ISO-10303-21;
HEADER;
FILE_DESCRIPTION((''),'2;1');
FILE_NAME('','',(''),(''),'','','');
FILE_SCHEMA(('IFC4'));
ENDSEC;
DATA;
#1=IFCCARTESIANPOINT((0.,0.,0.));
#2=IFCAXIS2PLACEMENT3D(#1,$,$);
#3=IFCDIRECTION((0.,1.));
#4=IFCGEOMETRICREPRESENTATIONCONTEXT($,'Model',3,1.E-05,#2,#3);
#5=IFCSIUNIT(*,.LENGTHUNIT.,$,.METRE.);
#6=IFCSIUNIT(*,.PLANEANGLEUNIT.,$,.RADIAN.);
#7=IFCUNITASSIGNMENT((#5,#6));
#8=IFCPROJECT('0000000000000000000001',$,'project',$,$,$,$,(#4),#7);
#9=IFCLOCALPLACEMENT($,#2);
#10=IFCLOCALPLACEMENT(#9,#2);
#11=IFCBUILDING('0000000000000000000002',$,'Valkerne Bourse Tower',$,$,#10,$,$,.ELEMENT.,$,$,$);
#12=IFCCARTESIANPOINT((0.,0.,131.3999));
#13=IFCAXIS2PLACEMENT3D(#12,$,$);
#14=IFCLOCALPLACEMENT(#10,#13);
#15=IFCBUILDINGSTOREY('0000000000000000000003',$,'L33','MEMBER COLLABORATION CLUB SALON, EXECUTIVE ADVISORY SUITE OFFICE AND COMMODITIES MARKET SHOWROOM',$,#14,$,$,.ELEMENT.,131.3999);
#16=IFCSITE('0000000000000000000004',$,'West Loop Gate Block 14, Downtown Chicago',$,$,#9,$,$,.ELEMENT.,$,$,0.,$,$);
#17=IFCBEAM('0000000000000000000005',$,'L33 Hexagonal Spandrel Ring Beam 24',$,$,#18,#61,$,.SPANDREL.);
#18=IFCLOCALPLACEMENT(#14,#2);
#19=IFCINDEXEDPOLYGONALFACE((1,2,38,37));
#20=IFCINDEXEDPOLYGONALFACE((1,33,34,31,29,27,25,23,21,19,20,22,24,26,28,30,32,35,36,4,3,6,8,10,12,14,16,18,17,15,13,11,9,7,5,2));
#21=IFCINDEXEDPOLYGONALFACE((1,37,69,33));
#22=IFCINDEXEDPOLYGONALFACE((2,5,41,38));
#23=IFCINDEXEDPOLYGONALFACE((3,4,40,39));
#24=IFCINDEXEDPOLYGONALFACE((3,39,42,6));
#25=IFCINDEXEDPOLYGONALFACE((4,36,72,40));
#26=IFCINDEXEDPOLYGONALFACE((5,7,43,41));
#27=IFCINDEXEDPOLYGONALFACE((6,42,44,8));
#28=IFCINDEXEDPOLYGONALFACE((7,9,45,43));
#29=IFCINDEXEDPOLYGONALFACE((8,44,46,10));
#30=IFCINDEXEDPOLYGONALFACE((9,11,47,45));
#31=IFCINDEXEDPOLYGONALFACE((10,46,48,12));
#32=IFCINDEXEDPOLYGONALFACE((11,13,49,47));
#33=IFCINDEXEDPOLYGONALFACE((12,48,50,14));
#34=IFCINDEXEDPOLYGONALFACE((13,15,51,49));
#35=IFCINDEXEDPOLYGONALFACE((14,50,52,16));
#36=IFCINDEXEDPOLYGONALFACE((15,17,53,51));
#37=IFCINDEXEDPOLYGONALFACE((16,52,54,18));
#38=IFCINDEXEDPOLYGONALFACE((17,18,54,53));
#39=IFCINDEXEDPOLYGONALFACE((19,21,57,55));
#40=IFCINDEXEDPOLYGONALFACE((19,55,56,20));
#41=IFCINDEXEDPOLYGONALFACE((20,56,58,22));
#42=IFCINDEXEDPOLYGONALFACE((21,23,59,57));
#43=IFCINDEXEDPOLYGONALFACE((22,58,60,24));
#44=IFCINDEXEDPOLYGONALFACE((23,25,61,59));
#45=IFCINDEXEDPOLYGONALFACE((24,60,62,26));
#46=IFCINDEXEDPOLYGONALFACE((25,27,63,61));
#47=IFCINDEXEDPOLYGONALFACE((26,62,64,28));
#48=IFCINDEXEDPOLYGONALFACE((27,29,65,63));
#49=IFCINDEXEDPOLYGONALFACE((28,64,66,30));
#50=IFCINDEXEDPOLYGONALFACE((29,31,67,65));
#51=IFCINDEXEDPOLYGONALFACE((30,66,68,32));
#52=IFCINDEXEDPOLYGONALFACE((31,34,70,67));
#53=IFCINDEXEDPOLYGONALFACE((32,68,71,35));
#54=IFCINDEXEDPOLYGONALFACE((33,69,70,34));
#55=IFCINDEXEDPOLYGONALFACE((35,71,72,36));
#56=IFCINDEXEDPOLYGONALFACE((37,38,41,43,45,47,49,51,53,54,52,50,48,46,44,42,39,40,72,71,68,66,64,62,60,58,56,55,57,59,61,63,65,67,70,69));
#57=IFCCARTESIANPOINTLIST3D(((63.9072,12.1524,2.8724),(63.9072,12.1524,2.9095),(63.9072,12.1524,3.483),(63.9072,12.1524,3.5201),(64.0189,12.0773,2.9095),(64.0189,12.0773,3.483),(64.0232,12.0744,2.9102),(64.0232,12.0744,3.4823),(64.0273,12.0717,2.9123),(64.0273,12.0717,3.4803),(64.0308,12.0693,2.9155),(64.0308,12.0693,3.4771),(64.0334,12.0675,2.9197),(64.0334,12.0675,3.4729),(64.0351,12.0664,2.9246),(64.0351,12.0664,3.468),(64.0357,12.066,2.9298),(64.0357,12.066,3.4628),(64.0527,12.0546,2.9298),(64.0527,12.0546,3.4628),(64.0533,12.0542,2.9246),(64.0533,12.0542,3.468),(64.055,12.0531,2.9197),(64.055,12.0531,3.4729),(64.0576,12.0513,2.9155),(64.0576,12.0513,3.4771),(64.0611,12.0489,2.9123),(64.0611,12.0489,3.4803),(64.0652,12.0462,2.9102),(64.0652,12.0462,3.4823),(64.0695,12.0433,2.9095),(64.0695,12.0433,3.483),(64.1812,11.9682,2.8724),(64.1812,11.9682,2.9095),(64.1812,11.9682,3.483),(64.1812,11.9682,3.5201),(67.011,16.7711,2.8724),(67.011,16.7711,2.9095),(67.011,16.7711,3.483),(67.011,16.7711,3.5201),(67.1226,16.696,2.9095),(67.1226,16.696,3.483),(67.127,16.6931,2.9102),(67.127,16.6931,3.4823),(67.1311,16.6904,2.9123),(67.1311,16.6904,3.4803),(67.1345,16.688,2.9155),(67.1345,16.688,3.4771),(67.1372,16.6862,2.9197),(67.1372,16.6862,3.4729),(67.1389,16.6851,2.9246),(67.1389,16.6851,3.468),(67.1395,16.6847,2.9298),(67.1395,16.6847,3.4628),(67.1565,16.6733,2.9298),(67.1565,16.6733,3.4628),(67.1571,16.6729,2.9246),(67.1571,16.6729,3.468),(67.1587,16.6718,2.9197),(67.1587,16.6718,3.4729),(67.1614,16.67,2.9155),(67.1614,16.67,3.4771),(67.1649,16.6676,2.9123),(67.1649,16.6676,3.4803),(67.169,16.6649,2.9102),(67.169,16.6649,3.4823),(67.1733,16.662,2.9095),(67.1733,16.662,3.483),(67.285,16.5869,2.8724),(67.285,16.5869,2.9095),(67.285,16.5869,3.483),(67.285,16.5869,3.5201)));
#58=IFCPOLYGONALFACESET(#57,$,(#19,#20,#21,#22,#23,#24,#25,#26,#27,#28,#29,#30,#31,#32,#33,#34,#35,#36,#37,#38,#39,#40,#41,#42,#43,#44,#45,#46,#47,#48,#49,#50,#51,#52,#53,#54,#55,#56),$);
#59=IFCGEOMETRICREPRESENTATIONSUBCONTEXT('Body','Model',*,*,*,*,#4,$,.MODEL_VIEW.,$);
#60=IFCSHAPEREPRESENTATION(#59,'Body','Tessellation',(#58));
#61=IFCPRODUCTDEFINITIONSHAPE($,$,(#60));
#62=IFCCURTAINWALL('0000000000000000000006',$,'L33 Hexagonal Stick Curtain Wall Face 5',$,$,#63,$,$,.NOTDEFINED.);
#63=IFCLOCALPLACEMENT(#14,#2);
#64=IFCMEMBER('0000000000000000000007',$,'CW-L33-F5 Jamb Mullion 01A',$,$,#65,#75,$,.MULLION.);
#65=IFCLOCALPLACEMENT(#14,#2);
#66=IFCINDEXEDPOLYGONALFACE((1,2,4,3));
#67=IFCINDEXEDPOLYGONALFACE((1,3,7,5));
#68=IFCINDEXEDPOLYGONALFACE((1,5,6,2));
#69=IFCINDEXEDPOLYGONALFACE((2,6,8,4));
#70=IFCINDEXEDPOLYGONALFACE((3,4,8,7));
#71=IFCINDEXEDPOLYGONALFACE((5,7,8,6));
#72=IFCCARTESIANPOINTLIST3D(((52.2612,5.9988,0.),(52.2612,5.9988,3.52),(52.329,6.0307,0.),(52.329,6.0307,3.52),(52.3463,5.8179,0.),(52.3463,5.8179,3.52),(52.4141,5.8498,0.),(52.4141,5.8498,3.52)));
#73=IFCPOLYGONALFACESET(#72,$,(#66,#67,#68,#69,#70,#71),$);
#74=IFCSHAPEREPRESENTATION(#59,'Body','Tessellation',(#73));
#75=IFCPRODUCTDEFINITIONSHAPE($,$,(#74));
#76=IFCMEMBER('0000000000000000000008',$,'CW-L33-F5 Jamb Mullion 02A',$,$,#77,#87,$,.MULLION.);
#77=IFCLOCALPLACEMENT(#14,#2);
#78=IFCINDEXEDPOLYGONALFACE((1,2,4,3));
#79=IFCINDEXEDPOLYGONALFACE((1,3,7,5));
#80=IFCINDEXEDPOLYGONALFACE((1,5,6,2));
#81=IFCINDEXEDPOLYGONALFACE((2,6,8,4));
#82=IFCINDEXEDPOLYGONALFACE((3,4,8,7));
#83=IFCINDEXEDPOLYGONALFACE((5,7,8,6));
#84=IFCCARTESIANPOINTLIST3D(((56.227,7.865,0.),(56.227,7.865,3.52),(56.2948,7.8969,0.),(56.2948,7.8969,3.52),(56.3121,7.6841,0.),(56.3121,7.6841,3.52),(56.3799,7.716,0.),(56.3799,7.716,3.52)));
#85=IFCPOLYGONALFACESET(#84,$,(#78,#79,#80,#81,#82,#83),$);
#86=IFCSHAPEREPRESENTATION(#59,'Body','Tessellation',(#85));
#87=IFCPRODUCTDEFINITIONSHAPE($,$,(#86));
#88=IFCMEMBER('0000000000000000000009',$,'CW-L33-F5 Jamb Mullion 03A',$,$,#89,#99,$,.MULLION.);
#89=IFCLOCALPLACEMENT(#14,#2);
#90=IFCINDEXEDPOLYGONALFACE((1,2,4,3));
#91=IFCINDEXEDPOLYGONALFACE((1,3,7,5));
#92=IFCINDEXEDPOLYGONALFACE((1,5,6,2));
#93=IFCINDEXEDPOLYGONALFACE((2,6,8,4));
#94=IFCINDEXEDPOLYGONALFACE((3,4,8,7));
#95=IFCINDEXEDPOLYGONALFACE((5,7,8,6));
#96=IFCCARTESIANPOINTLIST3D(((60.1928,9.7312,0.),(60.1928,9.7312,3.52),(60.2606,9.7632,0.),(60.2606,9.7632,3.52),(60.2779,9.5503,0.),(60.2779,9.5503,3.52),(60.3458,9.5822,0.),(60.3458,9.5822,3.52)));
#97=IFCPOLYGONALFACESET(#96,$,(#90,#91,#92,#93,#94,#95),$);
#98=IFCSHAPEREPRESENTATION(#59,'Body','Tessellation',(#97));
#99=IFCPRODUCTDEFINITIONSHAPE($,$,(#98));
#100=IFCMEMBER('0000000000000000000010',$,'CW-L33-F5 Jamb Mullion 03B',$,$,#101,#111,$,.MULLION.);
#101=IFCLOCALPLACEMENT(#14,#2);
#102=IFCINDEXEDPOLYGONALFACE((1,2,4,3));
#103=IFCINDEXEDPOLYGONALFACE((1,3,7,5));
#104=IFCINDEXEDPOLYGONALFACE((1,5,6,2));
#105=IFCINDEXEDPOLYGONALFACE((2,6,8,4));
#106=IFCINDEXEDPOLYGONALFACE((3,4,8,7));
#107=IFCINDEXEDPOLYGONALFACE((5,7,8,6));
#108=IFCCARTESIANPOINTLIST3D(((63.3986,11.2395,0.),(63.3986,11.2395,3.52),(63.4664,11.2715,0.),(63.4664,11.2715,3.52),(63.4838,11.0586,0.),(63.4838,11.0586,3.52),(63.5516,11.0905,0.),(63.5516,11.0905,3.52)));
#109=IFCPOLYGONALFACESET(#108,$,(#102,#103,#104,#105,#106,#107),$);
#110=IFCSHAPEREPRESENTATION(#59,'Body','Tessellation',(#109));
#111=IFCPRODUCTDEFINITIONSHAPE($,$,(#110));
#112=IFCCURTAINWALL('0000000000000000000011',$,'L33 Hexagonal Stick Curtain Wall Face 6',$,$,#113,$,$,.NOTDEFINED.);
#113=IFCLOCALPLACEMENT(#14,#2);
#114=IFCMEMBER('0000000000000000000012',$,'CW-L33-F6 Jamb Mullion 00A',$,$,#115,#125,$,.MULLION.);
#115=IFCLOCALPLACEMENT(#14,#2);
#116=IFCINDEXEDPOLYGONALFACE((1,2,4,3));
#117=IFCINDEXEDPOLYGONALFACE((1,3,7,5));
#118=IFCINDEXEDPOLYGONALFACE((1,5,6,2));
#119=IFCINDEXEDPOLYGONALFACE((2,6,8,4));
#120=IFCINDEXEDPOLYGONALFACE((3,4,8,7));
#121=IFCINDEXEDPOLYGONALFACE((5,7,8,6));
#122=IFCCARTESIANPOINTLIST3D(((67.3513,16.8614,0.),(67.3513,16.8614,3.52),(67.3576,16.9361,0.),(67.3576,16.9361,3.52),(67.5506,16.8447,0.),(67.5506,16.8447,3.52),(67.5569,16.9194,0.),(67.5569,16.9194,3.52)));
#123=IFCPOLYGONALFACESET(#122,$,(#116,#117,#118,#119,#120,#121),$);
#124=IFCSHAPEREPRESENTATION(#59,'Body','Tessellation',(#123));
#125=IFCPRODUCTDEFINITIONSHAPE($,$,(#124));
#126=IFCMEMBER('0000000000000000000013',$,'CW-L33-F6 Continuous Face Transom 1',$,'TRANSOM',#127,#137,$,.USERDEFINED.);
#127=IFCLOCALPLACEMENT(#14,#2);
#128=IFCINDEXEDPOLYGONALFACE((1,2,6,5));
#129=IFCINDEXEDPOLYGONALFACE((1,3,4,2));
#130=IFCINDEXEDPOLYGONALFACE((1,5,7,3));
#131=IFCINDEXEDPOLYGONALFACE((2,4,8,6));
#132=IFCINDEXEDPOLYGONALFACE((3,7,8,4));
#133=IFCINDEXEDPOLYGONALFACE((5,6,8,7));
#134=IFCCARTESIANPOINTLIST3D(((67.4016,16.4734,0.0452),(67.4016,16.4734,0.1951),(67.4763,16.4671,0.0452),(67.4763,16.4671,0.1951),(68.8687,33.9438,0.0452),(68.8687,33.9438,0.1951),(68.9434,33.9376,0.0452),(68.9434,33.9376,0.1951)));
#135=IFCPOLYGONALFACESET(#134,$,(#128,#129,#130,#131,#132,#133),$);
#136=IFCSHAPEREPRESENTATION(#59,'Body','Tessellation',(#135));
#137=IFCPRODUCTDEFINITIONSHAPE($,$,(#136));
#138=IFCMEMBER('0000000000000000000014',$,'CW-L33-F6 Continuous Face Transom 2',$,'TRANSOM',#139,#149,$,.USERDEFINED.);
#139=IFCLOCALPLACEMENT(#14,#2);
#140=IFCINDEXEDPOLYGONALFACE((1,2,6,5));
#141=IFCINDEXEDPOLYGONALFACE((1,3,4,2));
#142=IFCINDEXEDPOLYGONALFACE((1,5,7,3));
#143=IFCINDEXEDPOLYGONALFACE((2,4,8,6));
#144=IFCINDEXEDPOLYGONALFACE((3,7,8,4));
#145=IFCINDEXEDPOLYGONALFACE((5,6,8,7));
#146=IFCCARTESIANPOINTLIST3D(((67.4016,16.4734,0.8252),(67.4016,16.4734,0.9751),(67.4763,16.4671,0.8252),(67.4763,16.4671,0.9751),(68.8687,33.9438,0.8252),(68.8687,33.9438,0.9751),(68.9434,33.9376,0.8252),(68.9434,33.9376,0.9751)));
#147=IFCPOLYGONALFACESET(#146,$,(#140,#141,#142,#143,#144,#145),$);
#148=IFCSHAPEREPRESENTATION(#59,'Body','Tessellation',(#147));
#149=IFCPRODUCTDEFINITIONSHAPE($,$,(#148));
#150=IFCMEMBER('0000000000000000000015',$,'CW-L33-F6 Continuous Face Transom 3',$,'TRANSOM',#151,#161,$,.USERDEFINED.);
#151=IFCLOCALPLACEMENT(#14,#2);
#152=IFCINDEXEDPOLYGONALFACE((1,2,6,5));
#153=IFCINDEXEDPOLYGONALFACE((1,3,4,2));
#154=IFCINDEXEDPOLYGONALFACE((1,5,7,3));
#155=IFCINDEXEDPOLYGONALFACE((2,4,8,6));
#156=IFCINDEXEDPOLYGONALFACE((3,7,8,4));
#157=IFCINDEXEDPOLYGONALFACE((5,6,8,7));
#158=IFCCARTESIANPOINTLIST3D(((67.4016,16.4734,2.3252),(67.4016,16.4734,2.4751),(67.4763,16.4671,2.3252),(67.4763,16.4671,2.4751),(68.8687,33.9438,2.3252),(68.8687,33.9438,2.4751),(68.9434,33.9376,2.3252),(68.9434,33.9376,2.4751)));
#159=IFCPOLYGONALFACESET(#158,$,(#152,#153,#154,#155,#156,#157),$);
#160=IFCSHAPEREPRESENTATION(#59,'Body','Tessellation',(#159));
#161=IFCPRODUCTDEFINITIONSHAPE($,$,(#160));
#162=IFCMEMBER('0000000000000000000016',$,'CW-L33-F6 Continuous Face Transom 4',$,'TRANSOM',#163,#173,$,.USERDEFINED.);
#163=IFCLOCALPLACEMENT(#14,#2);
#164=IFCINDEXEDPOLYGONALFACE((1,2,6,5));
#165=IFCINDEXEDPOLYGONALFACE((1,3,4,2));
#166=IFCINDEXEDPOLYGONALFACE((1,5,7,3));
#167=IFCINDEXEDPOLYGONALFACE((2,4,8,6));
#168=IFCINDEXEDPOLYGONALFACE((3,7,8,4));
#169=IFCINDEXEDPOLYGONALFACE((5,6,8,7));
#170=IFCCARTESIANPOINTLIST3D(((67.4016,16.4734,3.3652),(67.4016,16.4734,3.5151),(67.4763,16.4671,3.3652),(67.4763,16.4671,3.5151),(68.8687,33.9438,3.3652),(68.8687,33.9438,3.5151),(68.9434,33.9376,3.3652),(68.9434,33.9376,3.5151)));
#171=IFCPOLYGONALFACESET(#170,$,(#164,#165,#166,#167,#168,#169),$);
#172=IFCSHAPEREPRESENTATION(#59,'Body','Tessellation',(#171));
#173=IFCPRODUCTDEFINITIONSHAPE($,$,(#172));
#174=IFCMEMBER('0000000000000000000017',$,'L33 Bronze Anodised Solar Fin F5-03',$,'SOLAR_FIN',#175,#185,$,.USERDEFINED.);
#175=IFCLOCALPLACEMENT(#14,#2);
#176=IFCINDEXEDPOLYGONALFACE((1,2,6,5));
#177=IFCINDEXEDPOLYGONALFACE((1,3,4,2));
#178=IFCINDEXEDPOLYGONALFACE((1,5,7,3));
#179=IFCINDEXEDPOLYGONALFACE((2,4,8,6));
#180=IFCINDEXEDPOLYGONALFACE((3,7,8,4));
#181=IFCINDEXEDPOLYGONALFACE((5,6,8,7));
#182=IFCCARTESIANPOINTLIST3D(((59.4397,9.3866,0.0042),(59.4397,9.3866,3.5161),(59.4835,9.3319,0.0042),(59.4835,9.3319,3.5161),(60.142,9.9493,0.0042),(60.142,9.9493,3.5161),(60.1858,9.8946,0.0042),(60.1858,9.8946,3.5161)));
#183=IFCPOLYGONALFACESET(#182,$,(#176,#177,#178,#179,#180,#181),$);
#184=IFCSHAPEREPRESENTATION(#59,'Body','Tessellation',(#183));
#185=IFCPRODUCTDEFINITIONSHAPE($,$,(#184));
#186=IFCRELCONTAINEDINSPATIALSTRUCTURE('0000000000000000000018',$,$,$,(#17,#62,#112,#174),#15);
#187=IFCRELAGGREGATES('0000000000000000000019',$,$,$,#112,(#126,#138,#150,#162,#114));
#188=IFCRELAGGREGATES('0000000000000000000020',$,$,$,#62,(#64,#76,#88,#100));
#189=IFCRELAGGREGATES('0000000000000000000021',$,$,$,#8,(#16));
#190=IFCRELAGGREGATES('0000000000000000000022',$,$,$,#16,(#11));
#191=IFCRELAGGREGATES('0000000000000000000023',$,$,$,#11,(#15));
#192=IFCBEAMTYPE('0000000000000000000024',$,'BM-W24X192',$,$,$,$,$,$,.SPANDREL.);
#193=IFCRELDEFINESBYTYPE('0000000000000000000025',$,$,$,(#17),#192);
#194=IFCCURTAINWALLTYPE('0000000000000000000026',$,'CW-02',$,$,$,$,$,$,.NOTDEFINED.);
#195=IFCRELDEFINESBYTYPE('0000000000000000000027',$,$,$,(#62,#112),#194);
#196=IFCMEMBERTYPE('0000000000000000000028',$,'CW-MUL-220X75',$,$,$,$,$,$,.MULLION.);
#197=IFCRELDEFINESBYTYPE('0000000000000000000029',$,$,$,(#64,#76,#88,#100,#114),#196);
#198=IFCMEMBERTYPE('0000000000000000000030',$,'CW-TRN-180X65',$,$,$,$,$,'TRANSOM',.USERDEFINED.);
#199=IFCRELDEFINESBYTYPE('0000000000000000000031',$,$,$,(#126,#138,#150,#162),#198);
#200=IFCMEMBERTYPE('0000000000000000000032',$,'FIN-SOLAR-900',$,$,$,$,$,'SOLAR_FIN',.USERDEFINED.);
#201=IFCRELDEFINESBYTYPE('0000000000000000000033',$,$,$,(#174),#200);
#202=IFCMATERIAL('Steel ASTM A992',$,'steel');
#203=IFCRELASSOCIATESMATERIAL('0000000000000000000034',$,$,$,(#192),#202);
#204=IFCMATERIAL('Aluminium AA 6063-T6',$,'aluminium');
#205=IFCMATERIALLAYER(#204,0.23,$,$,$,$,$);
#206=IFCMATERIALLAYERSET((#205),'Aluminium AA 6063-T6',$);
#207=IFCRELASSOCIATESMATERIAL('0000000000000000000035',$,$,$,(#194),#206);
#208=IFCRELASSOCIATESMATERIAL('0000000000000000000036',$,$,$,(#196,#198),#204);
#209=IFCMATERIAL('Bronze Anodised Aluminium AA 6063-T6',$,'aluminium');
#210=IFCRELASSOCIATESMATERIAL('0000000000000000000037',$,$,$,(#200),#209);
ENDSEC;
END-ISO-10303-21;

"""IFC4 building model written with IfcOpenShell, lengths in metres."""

from ifc_helpers import new_model, si_unit, direction, frame, origin, origin_2d, place, context, subcontext, project, spatial, rectangle, i_section, extrude, material, layer, layer_set, material_profile, profile_set, type_object, element, aggregate, save


model = new_model("IFC4")

# Units and contexts
model_context = context("Model", 3, precision=1e-05, world=origin(), true_north=direction((0.0, 1.0)))
body_context = subcontext(model_context, "Body", "Model", "MODEL_VIEW")
ifc_project = project(units=[si_unit("LENGTHUNIT", "METRE"), si_unit("PLANEANGLEUNIT", "RADIAN")], contexts=[model_context])

# Site, building, storey
site_placement = place(None, origin())
site = spatial("IfcSite", under=ifc_project, at=site_placement, Name="West Loop Gate Block 14, Downtown Chicago", CompositionType="ELEMENT", RefElevation=0.0)
building_placement = place(site_placement, origin())
building = spatial("IfcBuilding", under=site, at=building_placement, Name="Valkerne Bourse Tower", CompositionType="ELEMENT")
storey_placement = place(building_placement, frame((0.0, 0.0, 131.3999)))
storey = spatial("IfcBuildingStorey", under=building, at=storey_placement, Name="L33", Description="MEMBER COLLABORATION CLUB SALON, EXECUTIVE ADVISORY SUITE OFFICE AND COMMODITIES MARKET SHOWROOM", CompositionType="ELEMENT", Elevation=131.3999)

# Beam
ifc_material_1 = material(Name="Steel ASTM A992", Category="steel")
ifc_material_profile_1 = material_profile(ifc_material_1, i_section(OverallWidth=0.3301, OverallDepth=0.6477, WebThickness=0.0205, FlangeThickness=0.0371, FilletRadius=0.0203, at=origin_2d()), Name="W24X192")
ifc_profile_set_1 = profile_set([ifc_material_profile_1], Name="Steel ASTM A992")
beam_type = type_object("IfcBeamType", Name="BM-W24X192", PredefinedType="SPANDREL", material=ifc_profile_set_1)
beam_placement = place(storey_placement, frame((64.0442, 12.0603, 3.1963), z_axis=(0.557764, 0.829999, 0.0), x_axis=(-0.829999, 0.557764, 0.0)))
element("IfcBeam", 1, at=beam_placement, inside=storey, type_object=beam_type, Name="L33 Hexagonal Spandrel Ring Beam 24", PredefinedType="SPANDREL", context=body_context, shape_type="SweptSolid", body=[
    extrude(i_section(OverallWidth=0.3301, OverallDepth=0.6477, WebThickness=0.0205, FlangeThickness=0.0371, FilletRadius=0.0203, at=origin_2d()), origin(), (0.0, 0.0, 1.0), 5.5647),
])

# Curtain walls, members
ifc_material_2 = material(Name="Aluminium AA 6063-T6", Category="aluminium")
ifc_layer_1 = layer(ifc_material_2, 0.23)
ifc_layer_set_1 = layer_set([ifc_layer_1], Name="Aluminium AA 6063-T6")
curtain_wall_type = type_object("IfcCurtainWallType", Name="CW-02", PredefinedType="NOTDEFINED", material=ifc_layer_set_1)
curtain_wall_1_placement = place(storey_placement, origin())
curtain_wall_1 = element("IfcCurtainWall", 2, at=curtain_wall_1_placement, inside=storey, type_object=curtain_wall_type, Name="L33 Hexagonal Stick Curtain Wall Face 5", PredefinedType="NOTDEFINED")
ifc_material_profile_2 = material_profile(ifc_material_2, rectangle(XDim=0.075, YDim=0.2, at=origin_2d()), Name="CWM-75X200")
ifc_profile_set_2 = profile_set([ifc_material_profile_2], Name="Aluminium AA 6063-T6")
member_type_1 = type_object("IfcMemberType", Name="CW-MUL-220X75", PredefinedType="MULLION", material=ifc_profile_set_2)
member_1_placement = place(storey_placement, frame((52.3376, 5.9243, 0.0), z_axis=(0.0, 0.0, 1.0), x_axis=(0.904824, 0.425786, 0.0)))
member_1 = element("IfcMember", 3, at=member_1_placement, type_object=member_type_1, Name="CW-L33-F5 Jamb Mullion 01A", PredefinedType="MULLION", context=body_context, shape_type="SweptSolid", body=[
    extrude(rectangle(XDim=0.075, YDim=0.2, at=origin_2d()), origin(), (0.0, 0.0, 1.0), 3.52),
])
member_2_placement = place(storey_placement, frame((56.3035, 7.7905, 0.0), z_axis=(0.0, 0.0, 1.0), x_axis=(0.904828, 0.425777, 0.0)))
member_2 = element("IfcMember", 4, at=member_2_placement, type_object=member_type_1, Name="CW-L33-F5 Jamb Mullion 02A", PredefinedType="MULLION", context=body_context, shape_type="SweptSolid", body=[
    extrude(rectangle(XDim=0.075, YDim=0.2, at=origin_2d()), origin(), (0.0, 0.0, 1.0), 3.52),
])
member_3_placement = place(storey_placement, frame((60.2693, 9.6567, 0.0), z_axis=(0.0, 0.0, 1.0), x_axis=(0.904833, 0.425767, 0.0)))
member_3 = element("IfcMember", 5, at=member_3_placement, type_object=member_type_1, Name="CW-L33-F5 Jamb Mullion 03A", PredefinedType="MULLION", context=body_context, shape_type="SweptSolid", body=[
    extrude(rectangle(XDim=0.075, YDim=0.2, at=origin_2d()), origin(), (0.0, 0.0, 1.0), 3.52),
])
member_4_placement = place(storey_placement, frame((63.4751, 11.165, 0.0), z_axis=(0.0, 0.0, 1.0), x_axis=(0.904833, 0.425767, 0.0)))
member_4 = element("IfcMember", 6, at=member_4_placement, type_object=member_type_1, Name="CW-L33-F5 Jamb Mullion 03B", PredefinedType="MULLION", context=body_context, shape_type="SweptSolid", body=[
    extrude(rectangle(XDim=0.075, YDim=0.2, at=origin_2d()), origin(), (0.0, 0.0, 1.0), 3.52),
])
curtain_wall_2_placement = place(storey_placement, origin())
curtain_wall_2 = element("IfcCurtainWall", 7, at=curtain_wall_2_placement, inside=storey, type_object=curtain_wall_type, Name="L33 Hexagonal Stick Curtain Wall Face 6", PredefinedType="NOTDEFINED")
member_5_placement = place(storey_placement, frame((67.4541, 16.8904, 0.0), z_axis=(0.0, 0.0, 1.0), x_axis=(0.083687, 0.996492, 0.0)))
member_5 = element("IfcMember", 8, at=member_5_placement, type_object=member_type_1, Name="CW-L33-F6 Jamb Mullion 00A", PredefinedType="MULLION", context=body_context, shape_type="SweptSolid", body=[
    extrude(rectangle(XDim=0.075, YDim=0.2, at=origin_2d()), origin(), (0.0, 0.0, 1.0), 3.52),
])
ifc_material_profile_3 = material_profile(ifc_material_2, rectangle(XDim=0.075, YDim=0.1499, at=origin_2d()), Name="CWT-75X150")
ifc_profile_set_3 = profile_set([ifc_material_profile_3], Name="Aluminium AA 6063-T6")
member_type_2 = type_object("IfcMemberType", Name="CW-TRN-180X65", ElementType="TRANSOM", PredefinedType="USERDEFINED", material=ifc_profile_set_3)
member_6_placement = place(storey_placement, frame((67.439, 16.4702, 0.1201), z_axis=(0.083678, 0.996493, 0.0), x_axis=(-0.996493, 0.083678, 0.0)))
member_6 = element("IfcMember", 9, at=member_6_placement, type_object=member_type_2, Name="CW-L33-F6 Continuous Face Transom 1", ObjectType="TRANSOM", PredefinedType="USERDEFINED", context=body_context, shape_type="SweptSolid", body=[
    extrude(rectangle(XDim=0.075, YDim=0.1499, at=origin_2d()), origin(), (0.0, 0.0, 1.0), 17.532),
])
member_7_placement = place(storey_placement, frame((67.439, 16.4702, 0.9001), z_axis=(0.083678, 0.996493, 0.0), x_axis=(-0.996493, 0.083678, 0.0)))
member_7 = element("IfcMember", 10, at=member_7_placement, type_object=member_type_2, Name="CW-L33-F6 Continuous Face Transom 2", ObjectType="TRANSOM", PredefinedType="USERDEFINED", context=body_context, shape_type="SweptSolid", body=[
    extrude(rectangle(XDim=0.075, YDim=0.1499, at=origin_2d()), origin(), (0.0, 0.0, 1.0), 17.532),
])
member_8_placement = place(storey_placement, frame((67.439, 16.4702, 2.4001), z_axis=(0.083678, 0.996493, 0.0), x_axis=(-0.996493, 0.083678, 0.0)))
member_8 = element("IfcMember", 11, at=member_8_placement, type_object=member_type_2, Name="CW-L33-F6 Continuous Face Transom 3", ObjectType="TRANSOM", PredefinedType="USERDEFINED", context=body_context, shape_type="SweptSolid", body=[
    extrude(rectangle(XDim=0.075, YDim=0.1499, at=origin_2d()), origin(), (0.0, 0.0, 1.0), 17.532),
])
member_9_placement = place(storey_placement, frame((67.439, 16.4702, 3.4402), z_axis=(0.083678, 0.996493, 0.0), x_axis=(-0.996493, 0.083678, 0.0)))
member_9 = element("IfcMember", 12, at=member_9_placement, type_object=member_type_2, Name="CW-L33-F6 Continuous Face Transom 4", ObjectType="TRANSOM", PredefinedType="USERDEFINED", context=body_context, shape_type="SweptSolid", body=[
    extrude(rectangle(XDim=0.075, YDim=0.1499, at=origin_2d()), origin(), (0.0, 0.0, 1.0), 17.532),
])
aggregate(curtain_wall_2, [member_6, member_7, member_8, member_9, member_5])

# Member
ifc_material_3 = material(Name="Bronze Anodised Aluminium AA 6063-T6", Category="aluminium")
ifc_material_profile_4 = material_profile(ifc_material_3, rectangle(XDim=0.0701, YDim=0.8999, at=origin_2d()), Name="FIN-70X900")
ifc_profile_set_4 = profile_set([ifc_material_profile_4], Name="Bronze Anodised Aluminium AA 6063-T6")
member_type_3 = type_object("IfcMemberType", Name="FIN-SOLAR-900", ElementType="SOLAR_FIN", PredefinedType="USERDEFINED", material=ifc_profile_set_4)
for number, where, z_axis, x_axis, name in (
    (13, (59.8127, 9.6406, 0.0042), (0.0, 0.0, 1.0), (0.625284, -0.780398, 0.0), "L33 Bronze Anodised Solar Fin F5-03"),
):
    element("IfcMember", number, at=place(storey_placement, frame(where, z_axis=z_axis, x_axis=x_axis)), inside=storey, type_object=member_type_3, Name=name, ObjectType="SOLAR_FIN", PredefinedType="USERDEFINED", context=body_context, shape_type="SweptSolid", body=[
        extrude(rectangle(XDim=0.0701, YDim=0.8999, at=origin_2d()), origin(), (0.0, 0.0, 1.0), 3.512),
    ])

aggregate(curtain_wall_1, [member_1, member_2, member_3, member_4])

save(model, "model.ifc")
